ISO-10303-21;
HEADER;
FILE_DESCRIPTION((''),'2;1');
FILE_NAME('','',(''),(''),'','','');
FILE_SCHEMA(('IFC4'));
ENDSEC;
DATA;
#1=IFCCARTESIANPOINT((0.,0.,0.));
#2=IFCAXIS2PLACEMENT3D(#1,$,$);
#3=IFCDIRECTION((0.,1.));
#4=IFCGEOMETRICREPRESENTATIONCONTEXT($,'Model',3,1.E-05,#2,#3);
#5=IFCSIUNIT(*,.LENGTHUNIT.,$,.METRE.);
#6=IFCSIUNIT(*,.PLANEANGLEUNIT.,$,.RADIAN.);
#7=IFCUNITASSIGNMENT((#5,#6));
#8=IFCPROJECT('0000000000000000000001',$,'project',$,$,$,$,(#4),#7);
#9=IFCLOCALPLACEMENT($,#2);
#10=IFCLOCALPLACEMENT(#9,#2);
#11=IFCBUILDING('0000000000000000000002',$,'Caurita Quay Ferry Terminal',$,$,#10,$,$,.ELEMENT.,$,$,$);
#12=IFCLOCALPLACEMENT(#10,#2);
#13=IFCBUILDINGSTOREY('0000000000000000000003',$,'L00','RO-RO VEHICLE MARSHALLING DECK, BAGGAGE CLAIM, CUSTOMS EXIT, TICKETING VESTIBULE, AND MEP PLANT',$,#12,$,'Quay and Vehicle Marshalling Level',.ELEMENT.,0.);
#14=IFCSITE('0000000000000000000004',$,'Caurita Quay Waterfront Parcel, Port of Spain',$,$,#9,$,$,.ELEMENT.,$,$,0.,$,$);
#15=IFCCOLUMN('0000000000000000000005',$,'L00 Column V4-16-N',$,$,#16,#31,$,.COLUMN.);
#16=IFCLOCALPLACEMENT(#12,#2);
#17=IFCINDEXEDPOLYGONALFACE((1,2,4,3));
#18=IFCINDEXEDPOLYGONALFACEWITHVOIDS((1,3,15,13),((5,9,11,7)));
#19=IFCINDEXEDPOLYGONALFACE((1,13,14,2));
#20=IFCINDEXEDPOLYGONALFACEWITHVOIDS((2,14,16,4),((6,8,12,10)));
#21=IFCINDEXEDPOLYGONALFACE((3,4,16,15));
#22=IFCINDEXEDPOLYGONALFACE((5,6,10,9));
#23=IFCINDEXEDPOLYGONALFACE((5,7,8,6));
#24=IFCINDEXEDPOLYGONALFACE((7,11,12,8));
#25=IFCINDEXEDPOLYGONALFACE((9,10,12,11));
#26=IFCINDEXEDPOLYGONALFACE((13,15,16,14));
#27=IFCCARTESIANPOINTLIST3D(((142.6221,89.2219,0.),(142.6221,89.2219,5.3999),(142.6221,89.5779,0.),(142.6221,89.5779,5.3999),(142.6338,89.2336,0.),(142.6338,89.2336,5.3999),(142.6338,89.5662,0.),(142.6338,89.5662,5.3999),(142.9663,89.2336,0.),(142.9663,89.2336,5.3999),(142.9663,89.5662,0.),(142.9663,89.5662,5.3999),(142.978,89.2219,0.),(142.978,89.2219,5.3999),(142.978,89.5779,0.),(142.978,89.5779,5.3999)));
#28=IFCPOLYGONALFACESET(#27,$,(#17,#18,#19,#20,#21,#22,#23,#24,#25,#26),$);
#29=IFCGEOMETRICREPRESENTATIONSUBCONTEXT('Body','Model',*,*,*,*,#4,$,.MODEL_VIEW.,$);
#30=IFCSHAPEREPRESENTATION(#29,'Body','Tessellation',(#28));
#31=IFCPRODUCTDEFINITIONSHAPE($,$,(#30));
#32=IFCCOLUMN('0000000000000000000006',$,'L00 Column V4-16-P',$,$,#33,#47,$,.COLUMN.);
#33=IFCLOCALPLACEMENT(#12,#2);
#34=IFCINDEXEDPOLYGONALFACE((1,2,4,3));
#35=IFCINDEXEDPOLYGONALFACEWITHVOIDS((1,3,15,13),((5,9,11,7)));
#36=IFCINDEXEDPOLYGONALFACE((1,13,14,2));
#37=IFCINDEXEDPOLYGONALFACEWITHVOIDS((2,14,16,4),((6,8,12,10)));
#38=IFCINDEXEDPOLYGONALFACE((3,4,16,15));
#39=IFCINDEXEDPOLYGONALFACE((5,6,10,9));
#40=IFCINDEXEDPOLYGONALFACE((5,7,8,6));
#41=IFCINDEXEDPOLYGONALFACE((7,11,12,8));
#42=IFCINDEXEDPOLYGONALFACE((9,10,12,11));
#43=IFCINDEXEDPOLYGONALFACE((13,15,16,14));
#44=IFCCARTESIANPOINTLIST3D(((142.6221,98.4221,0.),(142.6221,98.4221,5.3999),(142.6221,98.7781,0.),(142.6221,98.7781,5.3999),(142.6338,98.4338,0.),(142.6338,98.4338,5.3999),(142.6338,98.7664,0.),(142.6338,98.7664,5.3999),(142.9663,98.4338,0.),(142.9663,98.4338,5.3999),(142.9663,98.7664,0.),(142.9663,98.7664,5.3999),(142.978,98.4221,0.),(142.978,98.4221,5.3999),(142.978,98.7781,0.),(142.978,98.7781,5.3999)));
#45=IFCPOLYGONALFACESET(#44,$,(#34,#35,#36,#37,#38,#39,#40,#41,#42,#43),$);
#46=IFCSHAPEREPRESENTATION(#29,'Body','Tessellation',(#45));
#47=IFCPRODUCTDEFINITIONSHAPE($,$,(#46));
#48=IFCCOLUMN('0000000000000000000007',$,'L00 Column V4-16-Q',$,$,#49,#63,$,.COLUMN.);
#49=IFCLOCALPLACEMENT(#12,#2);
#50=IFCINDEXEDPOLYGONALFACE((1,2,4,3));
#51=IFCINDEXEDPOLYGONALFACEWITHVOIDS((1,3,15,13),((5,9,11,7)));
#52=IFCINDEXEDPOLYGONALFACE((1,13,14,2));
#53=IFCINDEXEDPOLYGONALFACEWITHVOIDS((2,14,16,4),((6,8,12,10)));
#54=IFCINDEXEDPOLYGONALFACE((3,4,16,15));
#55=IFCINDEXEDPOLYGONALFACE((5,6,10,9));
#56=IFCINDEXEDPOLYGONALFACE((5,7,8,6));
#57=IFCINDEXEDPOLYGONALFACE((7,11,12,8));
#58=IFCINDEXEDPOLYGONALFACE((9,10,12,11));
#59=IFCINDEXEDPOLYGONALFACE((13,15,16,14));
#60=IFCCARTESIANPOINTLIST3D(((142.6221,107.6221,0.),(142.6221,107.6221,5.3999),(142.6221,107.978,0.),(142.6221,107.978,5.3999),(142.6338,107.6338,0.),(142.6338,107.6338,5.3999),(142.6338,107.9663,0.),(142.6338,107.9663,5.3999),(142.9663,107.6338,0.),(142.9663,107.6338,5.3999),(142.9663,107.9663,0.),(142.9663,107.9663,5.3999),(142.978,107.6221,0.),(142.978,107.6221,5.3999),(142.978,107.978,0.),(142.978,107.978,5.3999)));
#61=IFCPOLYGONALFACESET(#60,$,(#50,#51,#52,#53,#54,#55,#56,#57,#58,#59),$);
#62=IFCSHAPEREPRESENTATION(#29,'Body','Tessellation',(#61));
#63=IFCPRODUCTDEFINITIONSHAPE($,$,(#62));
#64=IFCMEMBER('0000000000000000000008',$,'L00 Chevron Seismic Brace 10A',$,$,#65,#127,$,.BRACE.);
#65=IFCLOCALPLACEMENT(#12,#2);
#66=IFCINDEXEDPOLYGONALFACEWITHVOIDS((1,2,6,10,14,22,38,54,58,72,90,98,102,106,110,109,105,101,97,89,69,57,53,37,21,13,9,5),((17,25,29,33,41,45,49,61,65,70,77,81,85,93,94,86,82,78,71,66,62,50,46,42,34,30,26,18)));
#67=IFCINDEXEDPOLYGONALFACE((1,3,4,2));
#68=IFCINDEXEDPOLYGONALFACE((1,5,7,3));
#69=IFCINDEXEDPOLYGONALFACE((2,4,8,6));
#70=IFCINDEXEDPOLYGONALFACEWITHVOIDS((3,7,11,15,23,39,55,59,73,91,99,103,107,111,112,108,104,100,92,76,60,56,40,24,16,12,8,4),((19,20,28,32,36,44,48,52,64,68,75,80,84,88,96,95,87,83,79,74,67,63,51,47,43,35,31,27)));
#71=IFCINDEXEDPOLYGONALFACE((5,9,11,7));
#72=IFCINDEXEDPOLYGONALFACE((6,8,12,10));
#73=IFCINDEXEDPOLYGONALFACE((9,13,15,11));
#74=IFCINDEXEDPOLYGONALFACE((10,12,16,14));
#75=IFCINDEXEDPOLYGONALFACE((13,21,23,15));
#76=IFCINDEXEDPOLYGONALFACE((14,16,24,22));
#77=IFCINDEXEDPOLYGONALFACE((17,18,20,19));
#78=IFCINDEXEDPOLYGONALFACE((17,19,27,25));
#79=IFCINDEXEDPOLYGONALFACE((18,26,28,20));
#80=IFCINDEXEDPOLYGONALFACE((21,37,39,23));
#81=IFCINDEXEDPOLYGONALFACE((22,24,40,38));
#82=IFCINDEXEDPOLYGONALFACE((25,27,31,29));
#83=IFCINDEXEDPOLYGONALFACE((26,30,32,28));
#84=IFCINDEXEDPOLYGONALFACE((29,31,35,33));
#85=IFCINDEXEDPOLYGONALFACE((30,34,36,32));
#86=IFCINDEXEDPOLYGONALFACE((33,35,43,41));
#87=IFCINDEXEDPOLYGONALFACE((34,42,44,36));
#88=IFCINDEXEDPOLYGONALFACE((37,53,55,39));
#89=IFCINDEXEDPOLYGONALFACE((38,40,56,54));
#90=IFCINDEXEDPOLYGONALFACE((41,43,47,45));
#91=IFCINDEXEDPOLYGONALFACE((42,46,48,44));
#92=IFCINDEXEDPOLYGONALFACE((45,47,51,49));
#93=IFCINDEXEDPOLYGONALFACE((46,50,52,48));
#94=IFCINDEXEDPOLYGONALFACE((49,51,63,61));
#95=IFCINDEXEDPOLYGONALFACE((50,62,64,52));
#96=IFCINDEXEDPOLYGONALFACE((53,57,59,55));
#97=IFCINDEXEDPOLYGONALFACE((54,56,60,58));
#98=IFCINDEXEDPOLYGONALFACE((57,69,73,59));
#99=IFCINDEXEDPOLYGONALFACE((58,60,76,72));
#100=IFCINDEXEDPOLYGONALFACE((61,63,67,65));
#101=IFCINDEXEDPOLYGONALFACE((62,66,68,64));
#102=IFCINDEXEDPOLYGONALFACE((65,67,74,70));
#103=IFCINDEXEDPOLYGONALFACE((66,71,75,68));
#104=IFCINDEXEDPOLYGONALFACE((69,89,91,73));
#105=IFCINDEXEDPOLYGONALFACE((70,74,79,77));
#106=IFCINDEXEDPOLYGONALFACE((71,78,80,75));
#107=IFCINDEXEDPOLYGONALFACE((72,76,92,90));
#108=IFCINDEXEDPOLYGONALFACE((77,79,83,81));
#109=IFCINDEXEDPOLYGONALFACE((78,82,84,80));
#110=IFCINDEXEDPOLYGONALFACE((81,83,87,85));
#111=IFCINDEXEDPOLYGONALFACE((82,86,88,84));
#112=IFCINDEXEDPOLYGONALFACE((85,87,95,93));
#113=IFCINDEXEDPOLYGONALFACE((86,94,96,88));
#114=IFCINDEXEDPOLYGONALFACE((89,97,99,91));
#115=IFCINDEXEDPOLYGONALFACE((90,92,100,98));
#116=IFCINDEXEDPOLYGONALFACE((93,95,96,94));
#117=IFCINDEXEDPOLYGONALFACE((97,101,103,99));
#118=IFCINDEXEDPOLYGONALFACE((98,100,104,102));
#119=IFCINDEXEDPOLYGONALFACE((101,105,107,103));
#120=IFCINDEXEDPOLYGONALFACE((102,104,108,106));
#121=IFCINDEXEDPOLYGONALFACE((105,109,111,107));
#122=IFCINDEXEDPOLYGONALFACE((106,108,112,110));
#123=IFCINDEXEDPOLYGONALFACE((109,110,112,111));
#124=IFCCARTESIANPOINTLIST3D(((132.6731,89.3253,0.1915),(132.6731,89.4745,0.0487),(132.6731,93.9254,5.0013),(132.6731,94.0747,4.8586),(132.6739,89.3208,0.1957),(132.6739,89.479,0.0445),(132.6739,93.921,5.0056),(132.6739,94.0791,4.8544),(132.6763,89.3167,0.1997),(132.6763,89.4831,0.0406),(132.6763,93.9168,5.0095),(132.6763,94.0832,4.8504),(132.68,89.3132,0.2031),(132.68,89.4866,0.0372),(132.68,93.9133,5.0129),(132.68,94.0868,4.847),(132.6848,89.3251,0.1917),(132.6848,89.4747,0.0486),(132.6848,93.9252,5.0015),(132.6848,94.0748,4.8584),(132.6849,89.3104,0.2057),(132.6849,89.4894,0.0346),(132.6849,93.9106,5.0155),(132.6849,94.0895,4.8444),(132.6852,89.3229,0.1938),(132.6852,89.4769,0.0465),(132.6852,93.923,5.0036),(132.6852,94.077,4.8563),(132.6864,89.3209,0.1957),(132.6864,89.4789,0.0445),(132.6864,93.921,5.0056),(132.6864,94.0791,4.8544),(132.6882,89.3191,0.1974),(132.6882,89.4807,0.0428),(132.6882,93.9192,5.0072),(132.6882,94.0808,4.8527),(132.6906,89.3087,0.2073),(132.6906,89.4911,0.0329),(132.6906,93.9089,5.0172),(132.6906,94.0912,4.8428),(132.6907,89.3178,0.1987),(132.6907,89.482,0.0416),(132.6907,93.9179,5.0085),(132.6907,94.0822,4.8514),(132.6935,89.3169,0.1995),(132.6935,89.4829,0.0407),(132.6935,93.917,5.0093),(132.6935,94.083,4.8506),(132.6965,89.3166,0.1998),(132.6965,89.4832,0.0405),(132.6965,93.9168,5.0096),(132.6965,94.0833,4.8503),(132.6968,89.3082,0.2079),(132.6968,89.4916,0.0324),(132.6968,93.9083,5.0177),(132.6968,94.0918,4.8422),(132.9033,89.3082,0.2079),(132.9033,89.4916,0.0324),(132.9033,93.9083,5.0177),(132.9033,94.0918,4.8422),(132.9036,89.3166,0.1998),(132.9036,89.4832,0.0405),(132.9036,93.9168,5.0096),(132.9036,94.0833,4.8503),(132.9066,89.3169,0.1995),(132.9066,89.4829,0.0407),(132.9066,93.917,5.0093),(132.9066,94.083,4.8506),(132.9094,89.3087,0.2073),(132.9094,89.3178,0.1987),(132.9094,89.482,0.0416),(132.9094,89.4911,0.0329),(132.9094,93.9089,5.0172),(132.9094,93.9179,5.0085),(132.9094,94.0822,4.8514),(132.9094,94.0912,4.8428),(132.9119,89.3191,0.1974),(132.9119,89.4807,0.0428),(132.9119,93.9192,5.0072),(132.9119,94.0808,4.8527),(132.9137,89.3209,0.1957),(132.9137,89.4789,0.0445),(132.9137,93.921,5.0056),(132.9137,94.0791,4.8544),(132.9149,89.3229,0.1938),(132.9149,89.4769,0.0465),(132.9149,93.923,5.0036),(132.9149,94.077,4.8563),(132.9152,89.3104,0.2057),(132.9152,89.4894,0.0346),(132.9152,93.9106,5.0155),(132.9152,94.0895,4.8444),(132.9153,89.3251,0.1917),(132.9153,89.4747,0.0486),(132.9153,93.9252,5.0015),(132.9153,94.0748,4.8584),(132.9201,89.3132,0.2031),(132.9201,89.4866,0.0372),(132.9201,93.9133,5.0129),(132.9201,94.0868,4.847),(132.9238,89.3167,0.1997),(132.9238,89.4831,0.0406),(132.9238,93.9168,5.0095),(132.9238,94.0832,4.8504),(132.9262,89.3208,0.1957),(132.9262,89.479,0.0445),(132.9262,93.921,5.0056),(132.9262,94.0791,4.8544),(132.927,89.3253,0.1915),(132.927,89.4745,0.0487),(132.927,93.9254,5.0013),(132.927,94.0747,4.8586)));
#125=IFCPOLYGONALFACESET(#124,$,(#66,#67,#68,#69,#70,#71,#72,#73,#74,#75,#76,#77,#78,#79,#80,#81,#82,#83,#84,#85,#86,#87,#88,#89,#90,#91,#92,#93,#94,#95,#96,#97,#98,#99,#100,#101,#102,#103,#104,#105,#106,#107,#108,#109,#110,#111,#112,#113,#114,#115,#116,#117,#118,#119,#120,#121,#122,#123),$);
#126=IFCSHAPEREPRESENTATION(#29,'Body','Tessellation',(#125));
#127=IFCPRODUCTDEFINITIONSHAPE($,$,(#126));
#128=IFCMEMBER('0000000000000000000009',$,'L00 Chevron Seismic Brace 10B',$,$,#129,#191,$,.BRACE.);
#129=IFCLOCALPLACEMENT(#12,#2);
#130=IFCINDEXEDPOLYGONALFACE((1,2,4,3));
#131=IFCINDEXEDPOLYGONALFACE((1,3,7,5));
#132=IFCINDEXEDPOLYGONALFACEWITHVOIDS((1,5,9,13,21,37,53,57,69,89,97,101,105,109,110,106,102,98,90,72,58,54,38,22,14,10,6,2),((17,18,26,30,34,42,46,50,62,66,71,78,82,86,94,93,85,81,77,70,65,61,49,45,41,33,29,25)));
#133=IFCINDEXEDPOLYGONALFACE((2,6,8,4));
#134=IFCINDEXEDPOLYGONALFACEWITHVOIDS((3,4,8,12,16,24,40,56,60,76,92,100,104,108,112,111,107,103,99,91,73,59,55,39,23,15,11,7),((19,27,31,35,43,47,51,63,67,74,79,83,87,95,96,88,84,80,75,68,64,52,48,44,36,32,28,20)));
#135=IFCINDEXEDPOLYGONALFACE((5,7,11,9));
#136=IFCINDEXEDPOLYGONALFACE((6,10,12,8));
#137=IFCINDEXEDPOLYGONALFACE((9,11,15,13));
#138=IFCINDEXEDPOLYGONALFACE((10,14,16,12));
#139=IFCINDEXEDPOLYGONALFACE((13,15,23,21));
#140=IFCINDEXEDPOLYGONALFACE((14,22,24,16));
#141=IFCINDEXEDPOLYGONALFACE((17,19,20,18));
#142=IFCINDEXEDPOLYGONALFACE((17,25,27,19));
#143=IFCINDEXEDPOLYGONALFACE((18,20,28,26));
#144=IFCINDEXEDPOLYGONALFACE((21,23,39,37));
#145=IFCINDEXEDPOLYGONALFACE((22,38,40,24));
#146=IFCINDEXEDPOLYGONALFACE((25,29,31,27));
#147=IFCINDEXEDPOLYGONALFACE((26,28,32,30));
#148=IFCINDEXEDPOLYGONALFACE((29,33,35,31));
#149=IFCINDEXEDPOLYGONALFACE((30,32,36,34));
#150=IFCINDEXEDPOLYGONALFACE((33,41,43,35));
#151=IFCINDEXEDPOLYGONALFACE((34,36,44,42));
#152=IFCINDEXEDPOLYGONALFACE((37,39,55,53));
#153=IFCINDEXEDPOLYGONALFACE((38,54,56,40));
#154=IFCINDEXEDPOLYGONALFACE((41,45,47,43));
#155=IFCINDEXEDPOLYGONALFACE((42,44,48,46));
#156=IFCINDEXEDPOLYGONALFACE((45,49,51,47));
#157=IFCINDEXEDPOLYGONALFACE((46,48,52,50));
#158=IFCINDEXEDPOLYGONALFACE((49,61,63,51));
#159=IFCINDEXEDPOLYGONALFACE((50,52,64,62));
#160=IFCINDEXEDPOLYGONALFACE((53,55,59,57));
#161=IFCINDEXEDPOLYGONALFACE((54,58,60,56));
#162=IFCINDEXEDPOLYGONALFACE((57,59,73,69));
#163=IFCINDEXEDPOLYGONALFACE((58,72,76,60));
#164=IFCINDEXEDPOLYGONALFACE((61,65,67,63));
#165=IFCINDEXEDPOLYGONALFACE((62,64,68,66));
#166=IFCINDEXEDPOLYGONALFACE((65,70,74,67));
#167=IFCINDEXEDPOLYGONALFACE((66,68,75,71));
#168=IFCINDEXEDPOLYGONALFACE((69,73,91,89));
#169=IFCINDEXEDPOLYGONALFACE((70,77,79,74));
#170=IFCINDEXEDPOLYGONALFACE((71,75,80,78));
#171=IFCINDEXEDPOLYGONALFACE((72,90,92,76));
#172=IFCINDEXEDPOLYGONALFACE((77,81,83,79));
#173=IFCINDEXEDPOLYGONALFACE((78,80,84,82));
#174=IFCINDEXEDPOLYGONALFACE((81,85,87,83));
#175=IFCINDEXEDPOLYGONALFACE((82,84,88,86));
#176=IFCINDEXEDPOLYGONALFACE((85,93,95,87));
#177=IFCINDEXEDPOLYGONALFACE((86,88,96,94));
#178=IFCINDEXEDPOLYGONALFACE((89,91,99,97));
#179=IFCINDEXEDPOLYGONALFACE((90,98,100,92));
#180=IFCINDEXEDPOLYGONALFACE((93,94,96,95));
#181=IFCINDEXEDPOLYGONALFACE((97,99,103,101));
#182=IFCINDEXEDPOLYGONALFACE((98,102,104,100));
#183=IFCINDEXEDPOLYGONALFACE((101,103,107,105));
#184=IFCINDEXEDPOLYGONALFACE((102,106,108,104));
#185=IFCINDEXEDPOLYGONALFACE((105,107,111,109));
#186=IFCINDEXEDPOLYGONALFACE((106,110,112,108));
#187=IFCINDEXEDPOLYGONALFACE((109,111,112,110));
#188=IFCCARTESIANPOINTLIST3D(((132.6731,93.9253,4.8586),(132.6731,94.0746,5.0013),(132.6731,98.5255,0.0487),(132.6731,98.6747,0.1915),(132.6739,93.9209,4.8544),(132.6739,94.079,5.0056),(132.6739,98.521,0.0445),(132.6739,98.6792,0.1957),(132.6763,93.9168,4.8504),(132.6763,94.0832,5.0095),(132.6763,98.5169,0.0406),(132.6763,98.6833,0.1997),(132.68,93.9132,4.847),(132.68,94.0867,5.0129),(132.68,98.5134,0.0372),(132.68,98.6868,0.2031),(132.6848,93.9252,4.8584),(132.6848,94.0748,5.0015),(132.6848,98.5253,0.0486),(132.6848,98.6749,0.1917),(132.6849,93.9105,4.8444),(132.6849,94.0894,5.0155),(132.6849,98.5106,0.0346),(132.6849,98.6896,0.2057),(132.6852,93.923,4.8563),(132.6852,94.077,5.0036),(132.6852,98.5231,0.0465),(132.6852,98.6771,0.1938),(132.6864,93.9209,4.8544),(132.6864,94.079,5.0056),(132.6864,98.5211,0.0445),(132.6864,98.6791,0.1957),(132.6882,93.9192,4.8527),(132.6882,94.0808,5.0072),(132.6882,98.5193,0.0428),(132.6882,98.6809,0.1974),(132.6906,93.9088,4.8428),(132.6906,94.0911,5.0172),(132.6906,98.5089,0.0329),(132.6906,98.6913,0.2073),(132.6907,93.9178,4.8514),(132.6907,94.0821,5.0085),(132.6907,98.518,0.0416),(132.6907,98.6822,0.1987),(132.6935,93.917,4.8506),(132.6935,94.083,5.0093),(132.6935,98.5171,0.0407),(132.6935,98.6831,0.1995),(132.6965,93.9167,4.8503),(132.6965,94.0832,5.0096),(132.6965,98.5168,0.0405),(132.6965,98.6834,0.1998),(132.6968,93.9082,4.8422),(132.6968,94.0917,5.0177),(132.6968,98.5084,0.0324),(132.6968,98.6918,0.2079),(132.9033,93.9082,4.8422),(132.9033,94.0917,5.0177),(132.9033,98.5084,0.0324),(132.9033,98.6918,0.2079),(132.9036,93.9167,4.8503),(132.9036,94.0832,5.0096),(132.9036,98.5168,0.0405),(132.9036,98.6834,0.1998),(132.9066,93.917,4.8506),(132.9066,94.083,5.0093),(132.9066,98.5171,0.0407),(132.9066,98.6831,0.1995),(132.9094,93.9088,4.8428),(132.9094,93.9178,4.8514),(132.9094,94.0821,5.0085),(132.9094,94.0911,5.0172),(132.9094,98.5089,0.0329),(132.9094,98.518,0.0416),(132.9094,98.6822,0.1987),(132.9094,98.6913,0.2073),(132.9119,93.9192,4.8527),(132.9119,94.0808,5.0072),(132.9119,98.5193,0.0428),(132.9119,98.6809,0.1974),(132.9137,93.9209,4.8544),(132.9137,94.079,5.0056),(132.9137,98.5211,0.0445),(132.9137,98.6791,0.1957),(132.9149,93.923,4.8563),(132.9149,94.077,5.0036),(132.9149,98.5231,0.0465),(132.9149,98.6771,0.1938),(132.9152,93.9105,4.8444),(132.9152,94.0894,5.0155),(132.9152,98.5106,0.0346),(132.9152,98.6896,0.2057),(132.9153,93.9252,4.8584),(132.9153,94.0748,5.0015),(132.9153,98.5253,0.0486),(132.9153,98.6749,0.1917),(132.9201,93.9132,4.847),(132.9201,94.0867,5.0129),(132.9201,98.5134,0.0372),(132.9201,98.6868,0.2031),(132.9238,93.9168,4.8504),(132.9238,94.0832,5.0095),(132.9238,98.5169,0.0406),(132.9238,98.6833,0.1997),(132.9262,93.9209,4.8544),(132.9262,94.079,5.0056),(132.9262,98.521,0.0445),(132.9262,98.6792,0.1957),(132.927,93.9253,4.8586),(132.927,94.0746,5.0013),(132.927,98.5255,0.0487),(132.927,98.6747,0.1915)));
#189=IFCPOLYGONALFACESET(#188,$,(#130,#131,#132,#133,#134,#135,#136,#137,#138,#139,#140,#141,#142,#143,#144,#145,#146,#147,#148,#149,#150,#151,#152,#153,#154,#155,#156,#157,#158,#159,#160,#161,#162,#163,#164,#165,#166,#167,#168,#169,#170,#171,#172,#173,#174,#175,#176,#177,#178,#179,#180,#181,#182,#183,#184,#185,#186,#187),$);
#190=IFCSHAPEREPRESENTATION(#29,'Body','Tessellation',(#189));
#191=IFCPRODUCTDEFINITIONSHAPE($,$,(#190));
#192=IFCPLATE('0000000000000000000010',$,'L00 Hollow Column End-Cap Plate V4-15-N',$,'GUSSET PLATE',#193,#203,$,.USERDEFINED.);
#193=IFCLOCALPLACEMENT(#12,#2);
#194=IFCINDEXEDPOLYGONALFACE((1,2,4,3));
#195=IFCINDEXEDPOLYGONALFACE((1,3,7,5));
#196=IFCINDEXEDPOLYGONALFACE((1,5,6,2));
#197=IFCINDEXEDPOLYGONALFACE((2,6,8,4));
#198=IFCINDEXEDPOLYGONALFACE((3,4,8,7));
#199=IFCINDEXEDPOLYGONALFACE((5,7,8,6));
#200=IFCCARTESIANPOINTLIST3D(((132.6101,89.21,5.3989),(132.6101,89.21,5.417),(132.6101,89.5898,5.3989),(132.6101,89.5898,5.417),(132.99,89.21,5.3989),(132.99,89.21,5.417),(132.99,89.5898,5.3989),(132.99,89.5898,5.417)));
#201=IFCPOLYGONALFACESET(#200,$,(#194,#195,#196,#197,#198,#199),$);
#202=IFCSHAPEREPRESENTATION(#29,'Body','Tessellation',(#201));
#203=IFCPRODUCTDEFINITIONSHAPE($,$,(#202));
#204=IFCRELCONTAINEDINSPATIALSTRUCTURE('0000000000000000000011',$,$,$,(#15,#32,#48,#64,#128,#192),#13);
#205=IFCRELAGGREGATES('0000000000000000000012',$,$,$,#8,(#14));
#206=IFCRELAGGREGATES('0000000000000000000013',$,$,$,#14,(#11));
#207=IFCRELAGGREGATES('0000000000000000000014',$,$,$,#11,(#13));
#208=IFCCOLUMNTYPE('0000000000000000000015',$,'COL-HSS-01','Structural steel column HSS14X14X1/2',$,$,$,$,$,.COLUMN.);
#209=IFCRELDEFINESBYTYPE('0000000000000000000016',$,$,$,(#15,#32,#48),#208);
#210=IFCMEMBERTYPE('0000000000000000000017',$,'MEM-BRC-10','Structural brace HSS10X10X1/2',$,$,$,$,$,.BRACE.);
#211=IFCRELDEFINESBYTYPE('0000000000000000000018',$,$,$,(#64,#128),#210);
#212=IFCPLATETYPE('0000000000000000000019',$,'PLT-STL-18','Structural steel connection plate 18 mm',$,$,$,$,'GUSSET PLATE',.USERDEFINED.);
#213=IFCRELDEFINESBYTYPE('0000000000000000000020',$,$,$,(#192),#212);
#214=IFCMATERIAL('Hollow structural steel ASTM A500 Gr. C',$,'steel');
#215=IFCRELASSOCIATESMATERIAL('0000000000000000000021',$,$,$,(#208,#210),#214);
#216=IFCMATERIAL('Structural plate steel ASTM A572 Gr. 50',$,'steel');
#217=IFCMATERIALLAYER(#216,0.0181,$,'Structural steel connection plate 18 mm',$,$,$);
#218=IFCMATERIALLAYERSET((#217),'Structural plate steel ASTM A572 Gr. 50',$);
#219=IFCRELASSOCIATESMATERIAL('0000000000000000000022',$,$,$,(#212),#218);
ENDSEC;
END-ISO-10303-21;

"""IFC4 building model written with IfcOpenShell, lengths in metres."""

from ifc_helpers import new_model, si_unit, direction, frame, origin, origin_2d, place, context, subcontext, project, spatial, rectangle, hollow_rectangle, extrude, material, layer, layer_set, material_profile, profile_set, type_object, element, save


model = new_model("IFC4")

# Units and contexts
model_context = context("Model", 3, precision=1e-05, world=origin(), true_north=direction((0.0, 1.0)))
body_context = subcontext(model_context, "Body", "Model", "MODEL_VIEW")
ifc_project = project(units=[si_unit("LENGTHUNIT", "METRE"), si_unit("PLANEANGLEUNIT", "RADIAN")], contexts=[model_context])

# Site, building, storey
site_placement = place(None, origin())
site = spatial("IfcSite", under=ifc_project, at=site_placement, Name="Caurita Quay Waterfront Parcel, Port of Spain", CompositionType="ELEMENT", RefElevation=0.0)
building_placement = place(site_placement, origin())
building = spatial("IfcBuilding", under=site, at=building_placement, Name="Caurita Quay Ferry Terminal", CompositionType="ELEMENT")
storey_placement = place(building_placement, origin())
storey = spatial("IfcBuildingStorey", under=building, at=storey_placement, Name="L00", Description="RO-RO VEHICLE MARSHALLING DECK, BAGGAGE CLAIM, CUSTOMS EXIT, TICKETING VESTIBULE, AND MEP PLANT", LongName="Quay and Vehicle Marshalling Level", CompositionType="ELEMENT", Elevation=0.0)

# Columns
ifc_material_1 = material(Name="Hollow structural steel ASTM A500 Gr. C", Category="steel")
ifc_material_profile_1 = material_profile(ifc_material_1, hollow_rectangle(XDim=0.356, YDim=0.356, WallThickness=0.0117, at=origin_2d()), Name="HSS14X14X1/2")
ifc_profile_set_1 = profile_set([ifc_material_profile_1], Name="Hollow structural steel ASTM A500 Gr. C")
column_type = type_object("IfcColumnType", Name="COL-HSS-01", Description="Structural steel column HSS14X14X1/2", PredefinedType="COLUMN", material=ifc_profile_set_1)
for number, where, z_axis, x_axis, name in (
    (1, (142.8, 89.3999, 0.0), (0.0, 0.0, 1.0), (1.0, 0.0, 0.0), "L00 Column V4-16-N"),
    (2, (142.8, 98.6001, 0.0), (0.0, 0.0, 1.0), (1.0, 0.0, 0.0), "L00 Column V4-16-P"),
    (3, (142.8, 107.8, 0.0), (0.0, 0.0, 1.0), (1.0, 0.0, 0.0), "L00 Column V4-16-Q"),
):
    element("IfcColumn", number, at=place(storey_placement, frame(where, z_axis=z_axis, x_axis=x_axis)), inside=storey, type_object=column_type, Name=name, PredefinedType="COLUMN", context=body_context, shape_type="SweptSolid", body=[
        extrude(hollow_rectangle(XDim=0.356, YDim=0.356, WallThickness=0.0117, at=origin_2d()), origin(), (0.0, 0.0, 1.0), 5.3999),
    ])

# Members
ifc_material_profile_2 = material_profile(ifc_material_1, hollow_rectangle(XDim=0.2539, YDim=0.2539, WallThickness=0.0117, InnerFilletRadius=0.0117, OuterFilletRadius=0.0237, at=origin_2d()), Name="HSS10X10X1/2")
ifc_profile_set_2 = profile_set([ifc_material_profile_2], Name="Hollow structural steel ASTM A500 Gr. C")
member_type = type_object("IfcMemberType", Name="MEM-BRC-10", Description="Structural brace HSS10X10X1/2", PredefinedType="BRACE", material=ifc_profile_set_2)
for number, where, z_axis, x_axis, name in (
    (4, (132.8, 89.3999, 0.1201), (0.0, 0.691176, 0.722686), (-1.0, 0.0, 0.0), "L00 Chevron Seismic Brace 10A"),
    (5, (132.8, 98.6001, 0.1201), (0.0, -0.691176, 0.722686), (1.0, 0.0, 0.0), "L00 Chevron Seismic Brace 10B"),
):
    element("IfcMember", number, at=place(storey_placement, frame(where, z_axis=z_axis, x_axis=x_axis)), inside=storey, type_object=member_type, Name=name, PredefinedType="BRACE", context=body_context, shape_type="SweptSolid", body=[
        extrude(hollow_rectangle(XDim=0.2539, YDim=0.2539, WallThickness=0.0117, InnerFilletRadius=0.0117, OuterFilletRadius=0.0237, at=origin_2d()), origin(), (0.0, 0.0, 1.0), 6.6555),
    ])

# Plate
ifc_material_2 = material(Name="Structural plate steel ASTM A572 Gr. 50", Category="steel")
ifc_layer_1 = layer(ifc_material_2, 0.0181, Name="Structural steel connection plate 18 mm")
ifc_layer_set_1 = layer_set([ifc_layer_1], Name="Structural plate steel ASTM A572 Gr. 50")
plate_type_1 = type_object("IfcPlateType", Name="PLT-STL-18", Description="Structural steel connection plate 18 mm", ElementType="GUSSET PLATE", PredefinedType="USERDEFINED", material=ifc_layer_set_1)
for number, where, z_axis, x_axis, name in (
    (6, (132.8, 89.3999, 5.3989), (0.0, 0.0, 1.0), (1.0, 0.0, 0.0), "L00 Hollow Column End-Cap Plate V4-15-N"),
):
    element("IfcPlate", number, at=place(storey_placement, frame(where, z_axis=z_axis, x_axis=x_axis)), inside=storey, type_object=plate_type_1, Name=name, ObjectType="GUSSET PLATE", PredefinedType="USERDEFINED", context=body_context, shape_type="SweptSolid", body=[
        extrude(rectangle(XDim=0.3799, YDim=0.3799, at=origin_2d()), origin(), (0.0, 0.0, 1.0), 0.0181),
    ])

save(model, "model.ifc")
